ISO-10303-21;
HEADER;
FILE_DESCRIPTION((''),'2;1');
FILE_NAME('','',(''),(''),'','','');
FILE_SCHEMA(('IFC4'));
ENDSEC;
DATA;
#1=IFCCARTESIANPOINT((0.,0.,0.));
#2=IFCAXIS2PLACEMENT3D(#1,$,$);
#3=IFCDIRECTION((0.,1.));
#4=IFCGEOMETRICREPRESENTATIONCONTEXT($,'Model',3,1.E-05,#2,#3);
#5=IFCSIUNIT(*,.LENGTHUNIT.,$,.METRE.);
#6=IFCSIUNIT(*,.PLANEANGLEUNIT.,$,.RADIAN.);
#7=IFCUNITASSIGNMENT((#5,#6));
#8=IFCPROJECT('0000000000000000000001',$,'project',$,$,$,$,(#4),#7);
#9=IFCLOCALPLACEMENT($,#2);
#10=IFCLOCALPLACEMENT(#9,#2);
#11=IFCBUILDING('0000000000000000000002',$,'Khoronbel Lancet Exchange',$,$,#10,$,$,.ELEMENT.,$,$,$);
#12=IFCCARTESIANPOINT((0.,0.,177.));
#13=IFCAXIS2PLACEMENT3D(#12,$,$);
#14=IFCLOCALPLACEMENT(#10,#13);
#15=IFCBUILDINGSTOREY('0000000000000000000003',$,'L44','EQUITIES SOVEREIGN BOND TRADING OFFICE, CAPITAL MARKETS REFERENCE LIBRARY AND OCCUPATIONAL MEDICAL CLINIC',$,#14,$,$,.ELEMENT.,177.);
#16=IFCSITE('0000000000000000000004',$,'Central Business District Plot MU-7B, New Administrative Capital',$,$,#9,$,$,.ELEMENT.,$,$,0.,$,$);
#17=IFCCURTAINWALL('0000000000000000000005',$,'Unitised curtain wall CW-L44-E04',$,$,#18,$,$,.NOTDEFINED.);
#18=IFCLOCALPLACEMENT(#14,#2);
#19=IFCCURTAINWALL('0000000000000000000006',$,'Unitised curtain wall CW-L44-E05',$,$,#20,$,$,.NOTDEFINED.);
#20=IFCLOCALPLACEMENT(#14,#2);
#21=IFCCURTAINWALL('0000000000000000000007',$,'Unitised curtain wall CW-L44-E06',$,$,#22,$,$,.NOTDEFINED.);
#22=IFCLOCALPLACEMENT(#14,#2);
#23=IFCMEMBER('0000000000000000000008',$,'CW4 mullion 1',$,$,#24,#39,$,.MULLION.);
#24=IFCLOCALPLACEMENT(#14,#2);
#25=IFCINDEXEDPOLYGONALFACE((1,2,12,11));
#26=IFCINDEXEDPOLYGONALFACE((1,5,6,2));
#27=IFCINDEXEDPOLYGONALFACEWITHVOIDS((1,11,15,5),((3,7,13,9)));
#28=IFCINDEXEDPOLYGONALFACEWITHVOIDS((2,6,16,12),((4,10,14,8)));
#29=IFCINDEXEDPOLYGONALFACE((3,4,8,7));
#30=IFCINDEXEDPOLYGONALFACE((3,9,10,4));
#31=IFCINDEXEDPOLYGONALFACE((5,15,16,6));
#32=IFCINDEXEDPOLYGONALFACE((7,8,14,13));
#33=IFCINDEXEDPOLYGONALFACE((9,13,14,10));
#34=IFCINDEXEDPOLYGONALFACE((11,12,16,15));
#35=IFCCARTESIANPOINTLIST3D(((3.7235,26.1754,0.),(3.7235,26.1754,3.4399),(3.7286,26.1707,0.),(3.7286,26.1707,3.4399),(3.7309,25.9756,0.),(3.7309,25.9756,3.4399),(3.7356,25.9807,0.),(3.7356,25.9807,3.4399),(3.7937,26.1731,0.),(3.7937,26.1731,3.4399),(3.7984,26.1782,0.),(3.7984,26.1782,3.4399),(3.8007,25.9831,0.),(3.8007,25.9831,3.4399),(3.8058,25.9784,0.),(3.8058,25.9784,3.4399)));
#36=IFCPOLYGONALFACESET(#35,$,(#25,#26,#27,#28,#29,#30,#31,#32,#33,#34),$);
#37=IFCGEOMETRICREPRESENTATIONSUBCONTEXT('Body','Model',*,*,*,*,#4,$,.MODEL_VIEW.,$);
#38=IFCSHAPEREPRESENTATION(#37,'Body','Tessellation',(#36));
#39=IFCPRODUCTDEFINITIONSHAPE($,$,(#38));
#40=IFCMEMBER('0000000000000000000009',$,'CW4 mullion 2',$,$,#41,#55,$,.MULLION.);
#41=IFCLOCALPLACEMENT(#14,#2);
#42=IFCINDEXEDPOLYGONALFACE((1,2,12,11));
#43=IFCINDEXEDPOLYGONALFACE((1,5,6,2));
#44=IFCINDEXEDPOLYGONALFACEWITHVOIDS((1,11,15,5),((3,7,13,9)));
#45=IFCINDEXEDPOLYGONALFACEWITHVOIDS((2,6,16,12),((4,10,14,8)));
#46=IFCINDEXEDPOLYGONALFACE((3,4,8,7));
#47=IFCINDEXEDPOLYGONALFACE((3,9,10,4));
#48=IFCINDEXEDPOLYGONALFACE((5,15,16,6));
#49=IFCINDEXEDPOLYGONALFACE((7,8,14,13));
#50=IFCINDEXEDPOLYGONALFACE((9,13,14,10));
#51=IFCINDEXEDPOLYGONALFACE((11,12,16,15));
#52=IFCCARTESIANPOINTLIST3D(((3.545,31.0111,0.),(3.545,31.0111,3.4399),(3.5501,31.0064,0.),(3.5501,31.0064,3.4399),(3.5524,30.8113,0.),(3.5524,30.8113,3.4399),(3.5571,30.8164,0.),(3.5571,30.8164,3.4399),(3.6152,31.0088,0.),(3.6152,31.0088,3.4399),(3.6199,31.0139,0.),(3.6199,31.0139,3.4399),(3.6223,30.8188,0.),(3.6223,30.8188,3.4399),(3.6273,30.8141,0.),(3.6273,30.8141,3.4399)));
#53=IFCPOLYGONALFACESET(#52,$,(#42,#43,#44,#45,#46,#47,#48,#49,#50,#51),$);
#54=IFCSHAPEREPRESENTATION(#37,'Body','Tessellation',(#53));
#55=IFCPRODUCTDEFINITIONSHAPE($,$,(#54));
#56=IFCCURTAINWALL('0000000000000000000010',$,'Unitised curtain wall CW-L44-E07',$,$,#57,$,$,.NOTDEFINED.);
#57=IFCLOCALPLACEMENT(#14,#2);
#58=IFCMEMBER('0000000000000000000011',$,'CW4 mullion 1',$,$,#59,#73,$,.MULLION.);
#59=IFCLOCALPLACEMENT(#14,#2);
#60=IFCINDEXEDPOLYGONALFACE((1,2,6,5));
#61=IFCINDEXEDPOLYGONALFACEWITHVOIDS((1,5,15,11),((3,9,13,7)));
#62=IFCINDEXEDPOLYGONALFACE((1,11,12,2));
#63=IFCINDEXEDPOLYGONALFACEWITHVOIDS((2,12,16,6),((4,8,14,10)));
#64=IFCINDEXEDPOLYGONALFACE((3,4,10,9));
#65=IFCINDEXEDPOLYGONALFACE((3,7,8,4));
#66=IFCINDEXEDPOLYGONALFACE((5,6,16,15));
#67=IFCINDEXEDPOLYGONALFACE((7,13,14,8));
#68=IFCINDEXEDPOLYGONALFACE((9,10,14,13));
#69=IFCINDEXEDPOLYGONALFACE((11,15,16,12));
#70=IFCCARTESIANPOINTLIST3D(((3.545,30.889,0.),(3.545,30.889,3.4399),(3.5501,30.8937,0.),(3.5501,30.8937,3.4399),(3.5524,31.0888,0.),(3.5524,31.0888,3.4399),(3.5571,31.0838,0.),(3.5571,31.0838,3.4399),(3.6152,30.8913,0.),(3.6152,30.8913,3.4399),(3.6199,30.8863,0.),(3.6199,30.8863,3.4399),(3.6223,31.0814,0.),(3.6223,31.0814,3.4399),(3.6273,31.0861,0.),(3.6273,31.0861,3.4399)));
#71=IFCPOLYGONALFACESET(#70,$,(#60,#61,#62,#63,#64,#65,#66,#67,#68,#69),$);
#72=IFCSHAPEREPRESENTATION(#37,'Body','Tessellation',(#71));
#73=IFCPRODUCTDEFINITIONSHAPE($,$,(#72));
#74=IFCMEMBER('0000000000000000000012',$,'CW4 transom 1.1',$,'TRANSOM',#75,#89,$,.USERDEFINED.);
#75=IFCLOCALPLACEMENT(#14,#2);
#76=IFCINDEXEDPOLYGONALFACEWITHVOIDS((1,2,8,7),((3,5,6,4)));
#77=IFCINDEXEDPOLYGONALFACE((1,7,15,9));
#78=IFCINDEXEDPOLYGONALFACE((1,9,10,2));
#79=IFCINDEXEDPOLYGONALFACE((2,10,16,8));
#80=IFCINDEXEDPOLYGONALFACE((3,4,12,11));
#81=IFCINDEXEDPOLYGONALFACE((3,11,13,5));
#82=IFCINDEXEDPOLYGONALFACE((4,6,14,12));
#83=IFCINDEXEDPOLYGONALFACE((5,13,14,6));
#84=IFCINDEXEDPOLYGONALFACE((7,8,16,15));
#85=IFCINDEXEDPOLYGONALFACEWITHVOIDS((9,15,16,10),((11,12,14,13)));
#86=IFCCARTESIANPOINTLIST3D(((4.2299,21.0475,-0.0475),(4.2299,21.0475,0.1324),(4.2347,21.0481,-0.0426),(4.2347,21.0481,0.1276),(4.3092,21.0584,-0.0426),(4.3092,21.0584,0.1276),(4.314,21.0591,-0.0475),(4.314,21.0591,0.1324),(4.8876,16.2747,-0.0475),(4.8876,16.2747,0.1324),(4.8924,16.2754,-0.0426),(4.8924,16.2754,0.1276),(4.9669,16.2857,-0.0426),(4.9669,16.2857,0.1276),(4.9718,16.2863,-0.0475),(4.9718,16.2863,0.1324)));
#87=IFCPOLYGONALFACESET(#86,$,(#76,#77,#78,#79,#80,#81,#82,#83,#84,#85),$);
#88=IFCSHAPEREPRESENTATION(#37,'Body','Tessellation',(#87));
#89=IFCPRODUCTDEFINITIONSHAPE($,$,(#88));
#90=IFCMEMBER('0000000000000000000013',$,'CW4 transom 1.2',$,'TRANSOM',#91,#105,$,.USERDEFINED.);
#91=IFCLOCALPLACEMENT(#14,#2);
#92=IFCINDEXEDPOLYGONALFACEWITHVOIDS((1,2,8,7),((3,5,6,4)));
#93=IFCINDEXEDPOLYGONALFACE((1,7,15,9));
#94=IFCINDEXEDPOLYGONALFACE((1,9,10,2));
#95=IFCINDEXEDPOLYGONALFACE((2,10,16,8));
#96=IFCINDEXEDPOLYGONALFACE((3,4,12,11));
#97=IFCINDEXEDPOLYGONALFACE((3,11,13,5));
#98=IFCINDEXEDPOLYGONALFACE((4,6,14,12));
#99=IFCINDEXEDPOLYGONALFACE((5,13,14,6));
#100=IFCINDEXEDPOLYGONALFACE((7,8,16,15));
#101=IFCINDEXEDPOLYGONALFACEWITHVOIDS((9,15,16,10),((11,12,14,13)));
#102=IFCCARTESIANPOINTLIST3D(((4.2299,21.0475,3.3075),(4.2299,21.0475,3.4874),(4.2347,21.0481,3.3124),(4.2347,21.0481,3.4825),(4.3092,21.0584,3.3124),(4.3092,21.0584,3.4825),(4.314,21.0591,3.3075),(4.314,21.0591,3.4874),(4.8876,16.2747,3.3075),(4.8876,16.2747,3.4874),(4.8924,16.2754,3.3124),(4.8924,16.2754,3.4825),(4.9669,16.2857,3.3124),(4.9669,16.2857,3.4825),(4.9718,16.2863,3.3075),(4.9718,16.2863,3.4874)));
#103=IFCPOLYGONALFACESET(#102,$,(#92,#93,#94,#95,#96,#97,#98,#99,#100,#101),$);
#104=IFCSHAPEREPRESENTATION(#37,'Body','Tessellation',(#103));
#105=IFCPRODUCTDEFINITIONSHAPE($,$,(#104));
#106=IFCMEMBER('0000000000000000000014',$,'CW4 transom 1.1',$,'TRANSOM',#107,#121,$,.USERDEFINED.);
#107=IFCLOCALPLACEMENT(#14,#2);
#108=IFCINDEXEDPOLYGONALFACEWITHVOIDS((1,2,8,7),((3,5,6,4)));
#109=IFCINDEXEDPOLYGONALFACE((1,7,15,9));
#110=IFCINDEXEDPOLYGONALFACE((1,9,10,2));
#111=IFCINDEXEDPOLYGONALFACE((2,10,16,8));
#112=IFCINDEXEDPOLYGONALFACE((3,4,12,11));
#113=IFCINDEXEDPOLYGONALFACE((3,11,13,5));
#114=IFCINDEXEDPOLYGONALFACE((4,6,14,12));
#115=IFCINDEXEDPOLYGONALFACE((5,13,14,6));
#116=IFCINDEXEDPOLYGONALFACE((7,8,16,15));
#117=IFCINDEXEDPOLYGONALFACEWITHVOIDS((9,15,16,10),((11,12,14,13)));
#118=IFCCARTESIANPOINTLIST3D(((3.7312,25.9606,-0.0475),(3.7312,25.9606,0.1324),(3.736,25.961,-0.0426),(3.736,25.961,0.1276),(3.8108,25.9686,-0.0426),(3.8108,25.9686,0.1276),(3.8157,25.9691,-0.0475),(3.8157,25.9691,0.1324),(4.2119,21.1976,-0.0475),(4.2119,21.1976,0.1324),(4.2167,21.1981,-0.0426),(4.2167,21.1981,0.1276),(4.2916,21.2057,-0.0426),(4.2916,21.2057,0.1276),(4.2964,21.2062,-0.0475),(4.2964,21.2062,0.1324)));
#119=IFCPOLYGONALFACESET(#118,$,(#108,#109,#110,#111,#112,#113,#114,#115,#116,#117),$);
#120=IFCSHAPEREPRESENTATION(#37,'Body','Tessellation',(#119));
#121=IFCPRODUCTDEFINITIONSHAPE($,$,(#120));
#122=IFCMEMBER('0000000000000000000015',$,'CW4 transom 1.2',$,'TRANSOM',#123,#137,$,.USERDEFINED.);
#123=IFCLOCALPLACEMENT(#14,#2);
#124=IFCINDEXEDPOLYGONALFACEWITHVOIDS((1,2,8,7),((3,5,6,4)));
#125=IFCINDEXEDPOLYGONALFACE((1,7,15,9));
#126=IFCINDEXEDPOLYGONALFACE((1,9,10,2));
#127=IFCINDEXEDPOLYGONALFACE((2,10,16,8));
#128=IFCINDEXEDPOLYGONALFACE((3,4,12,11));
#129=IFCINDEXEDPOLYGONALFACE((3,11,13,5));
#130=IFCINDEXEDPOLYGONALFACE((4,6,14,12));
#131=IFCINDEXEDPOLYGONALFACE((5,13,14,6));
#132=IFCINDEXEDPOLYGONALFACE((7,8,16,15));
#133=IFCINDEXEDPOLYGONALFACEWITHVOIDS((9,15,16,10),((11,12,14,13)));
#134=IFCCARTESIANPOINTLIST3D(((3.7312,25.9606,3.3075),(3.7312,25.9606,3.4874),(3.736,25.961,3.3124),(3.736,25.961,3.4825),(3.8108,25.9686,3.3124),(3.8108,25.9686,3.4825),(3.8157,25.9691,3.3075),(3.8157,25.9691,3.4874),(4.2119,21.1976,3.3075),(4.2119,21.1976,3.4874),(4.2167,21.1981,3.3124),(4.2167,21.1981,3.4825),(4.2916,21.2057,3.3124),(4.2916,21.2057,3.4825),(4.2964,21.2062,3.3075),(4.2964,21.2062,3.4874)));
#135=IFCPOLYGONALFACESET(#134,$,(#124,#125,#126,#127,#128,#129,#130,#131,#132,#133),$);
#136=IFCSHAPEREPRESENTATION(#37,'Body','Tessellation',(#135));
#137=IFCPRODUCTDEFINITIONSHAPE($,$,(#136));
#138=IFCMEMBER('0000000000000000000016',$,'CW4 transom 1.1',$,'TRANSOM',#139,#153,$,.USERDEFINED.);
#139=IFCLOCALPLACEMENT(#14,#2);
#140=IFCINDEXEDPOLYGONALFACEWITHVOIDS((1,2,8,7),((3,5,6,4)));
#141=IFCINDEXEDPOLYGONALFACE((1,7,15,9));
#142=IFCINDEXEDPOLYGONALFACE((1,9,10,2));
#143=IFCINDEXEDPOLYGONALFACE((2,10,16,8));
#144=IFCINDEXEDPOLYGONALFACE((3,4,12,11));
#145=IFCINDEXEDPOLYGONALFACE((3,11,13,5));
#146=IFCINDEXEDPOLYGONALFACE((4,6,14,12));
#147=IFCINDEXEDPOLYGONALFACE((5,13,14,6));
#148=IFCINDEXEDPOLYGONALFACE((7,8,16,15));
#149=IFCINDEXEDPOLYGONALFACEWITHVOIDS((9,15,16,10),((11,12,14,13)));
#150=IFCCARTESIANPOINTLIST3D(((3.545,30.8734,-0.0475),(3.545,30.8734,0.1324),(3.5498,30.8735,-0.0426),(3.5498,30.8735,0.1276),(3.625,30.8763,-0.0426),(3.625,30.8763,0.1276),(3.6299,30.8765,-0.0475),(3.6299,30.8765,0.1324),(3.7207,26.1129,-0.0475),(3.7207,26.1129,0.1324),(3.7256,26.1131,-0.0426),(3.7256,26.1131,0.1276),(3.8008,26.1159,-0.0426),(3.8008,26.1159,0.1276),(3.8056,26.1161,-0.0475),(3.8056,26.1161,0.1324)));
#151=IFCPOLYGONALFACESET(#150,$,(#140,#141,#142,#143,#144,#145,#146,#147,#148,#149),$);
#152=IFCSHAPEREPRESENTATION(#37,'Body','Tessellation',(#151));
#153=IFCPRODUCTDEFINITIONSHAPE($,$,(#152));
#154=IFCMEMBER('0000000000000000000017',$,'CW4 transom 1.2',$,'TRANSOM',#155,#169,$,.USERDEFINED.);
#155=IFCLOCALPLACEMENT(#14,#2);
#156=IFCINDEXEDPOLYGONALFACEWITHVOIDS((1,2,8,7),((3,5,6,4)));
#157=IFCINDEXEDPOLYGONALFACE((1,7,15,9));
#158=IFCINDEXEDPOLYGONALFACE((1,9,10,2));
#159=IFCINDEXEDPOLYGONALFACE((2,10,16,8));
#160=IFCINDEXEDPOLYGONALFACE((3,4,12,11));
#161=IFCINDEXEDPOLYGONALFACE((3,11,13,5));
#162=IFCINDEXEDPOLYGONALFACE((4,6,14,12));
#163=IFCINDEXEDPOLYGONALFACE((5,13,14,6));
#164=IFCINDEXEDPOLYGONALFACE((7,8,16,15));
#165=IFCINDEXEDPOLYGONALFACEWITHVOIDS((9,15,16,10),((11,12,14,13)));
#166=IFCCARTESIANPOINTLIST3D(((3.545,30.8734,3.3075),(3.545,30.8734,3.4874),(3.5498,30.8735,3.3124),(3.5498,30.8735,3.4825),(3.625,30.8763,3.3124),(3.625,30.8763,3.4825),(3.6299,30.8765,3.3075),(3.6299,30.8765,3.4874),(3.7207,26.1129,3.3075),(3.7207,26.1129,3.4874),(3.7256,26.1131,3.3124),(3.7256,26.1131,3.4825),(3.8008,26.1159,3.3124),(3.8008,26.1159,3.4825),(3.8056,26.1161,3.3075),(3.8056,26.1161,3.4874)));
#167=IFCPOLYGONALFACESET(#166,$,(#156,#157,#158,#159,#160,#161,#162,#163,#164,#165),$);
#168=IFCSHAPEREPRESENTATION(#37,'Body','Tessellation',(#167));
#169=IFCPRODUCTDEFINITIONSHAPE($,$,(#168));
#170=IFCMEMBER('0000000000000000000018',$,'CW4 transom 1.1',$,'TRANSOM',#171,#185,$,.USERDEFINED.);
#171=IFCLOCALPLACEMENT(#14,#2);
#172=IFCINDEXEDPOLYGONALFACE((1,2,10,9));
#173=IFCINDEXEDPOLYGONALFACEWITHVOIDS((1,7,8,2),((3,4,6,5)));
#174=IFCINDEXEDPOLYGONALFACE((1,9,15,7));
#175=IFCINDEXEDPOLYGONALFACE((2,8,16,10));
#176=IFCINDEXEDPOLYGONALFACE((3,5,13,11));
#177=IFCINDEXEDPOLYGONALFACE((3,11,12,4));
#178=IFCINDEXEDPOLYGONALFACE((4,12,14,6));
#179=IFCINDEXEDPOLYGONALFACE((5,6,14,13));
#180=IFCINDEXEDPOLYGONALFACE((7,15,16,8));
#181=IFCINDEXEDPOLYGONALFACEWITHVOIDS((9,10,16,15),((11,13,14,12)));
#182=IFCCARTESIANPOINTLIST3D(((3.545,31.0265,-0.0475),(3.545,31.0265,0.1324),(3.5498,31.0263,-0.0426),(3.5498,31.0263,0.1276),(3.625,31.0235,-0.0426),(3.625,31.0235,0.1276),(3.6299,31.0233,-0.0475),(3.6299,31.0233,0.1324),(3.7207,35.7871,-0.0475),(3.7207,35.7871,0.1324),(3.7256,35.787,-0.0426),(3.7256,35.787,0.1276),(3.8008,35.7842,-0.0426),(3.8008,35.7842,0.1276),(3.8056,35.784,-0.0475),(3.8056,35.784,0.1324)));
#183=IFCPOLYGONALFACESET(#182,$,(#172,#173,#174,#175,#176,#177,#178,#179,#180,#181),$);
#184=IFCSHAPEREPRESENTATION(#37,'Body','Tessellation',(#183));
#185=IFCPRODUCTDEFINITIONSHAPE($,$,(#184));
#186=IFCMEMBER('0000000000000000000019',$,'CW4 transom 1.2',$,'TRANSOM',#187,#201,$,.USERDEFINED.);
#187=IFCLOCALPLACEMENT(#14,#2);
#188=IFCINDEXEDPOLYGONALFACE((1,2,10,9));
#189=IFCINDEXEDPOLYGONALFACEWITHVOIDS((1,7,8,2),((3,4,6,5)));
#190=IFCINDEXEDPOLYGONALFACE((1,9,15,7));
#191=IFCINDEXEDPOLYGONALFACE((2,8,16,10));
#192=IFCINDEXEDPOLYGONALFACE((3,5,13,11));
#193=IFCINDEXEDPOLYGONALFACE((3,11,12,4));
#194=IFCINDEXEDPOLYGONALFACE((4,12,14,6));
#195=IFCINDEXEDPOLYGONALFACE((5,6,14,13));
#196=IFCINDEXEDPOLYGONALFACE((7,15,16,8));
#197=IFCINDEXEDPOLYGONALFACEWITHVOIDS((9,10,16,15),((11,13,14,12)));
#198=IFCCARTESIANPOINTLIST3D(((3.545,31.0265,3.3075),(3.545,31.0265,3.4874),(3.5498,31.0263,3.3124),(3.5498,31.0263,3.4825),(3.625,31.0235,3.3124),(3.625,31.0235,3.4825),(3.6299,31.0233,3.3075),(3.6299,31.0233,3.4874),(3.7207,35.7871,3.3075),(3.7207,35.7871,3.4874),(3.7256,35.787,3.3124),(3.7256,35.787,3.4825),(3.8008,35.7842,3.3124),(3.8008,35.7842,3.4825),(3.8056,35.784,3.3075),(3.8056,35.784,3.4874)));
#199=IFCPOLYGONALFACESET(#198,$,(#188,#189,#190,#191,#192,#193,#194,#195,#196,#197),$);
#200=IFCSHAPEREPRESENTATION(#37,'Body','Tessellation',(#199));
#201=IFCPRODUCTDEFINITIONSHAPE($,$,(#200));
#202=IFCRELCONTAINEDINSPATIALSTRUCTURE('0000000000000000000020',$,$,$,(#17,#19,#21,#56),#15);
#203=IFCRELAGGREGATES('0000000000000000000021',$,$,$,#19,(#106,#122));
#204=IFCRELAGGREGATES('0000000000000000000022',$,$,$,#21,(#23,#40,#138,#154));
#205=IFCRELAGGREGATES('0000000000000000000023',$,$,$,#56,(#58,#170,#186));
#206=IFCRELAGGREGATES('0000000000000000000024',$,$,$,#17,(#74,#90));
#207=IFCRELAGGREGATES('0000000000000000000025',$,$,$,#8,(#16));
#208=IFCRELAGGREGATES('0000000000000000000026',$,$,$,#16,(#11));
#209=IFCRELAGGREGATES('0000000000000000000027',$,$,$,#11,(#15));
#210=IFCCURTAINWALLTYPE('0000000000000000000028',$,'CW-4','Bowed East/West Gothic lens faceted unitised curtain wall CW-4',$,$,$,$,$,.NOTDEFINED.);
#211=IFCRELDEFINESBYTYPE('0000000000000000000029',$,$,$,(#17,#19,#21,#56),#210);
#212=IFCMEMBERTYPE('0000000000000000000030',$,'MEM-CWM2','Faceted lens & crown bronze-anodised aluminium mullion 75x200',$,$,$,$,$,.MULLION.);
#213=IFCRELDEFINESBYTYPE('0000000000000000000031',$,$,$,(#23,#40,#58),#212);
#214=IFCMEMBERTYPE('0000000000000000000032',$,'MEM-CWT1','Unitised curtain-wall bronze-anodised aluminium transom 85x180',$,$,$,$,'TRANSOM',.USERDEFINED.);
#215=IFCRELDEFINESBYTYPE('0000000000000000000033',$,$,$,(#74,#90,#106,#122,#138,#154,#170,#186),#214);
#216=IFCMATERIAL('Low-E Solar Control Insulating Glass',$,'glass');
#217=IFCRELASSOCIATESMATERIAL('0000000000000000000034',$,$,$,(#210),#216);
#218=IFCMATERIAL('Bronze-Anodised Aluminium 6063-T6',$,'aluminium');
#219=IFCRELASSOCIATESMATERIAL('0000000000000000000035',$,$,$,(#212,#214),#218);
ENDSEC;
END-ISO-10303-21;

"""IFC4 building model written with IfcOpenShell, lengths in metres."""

from ifc_helpers import new_model, si_unit, direction, frame, origin, origin_2d, place, context, subcontext, project, spatial, hollow_rectangle, extrude, material, material_profile, profile_set, type_object, element, aggregate, save


model = new_model("IFC4")

# Units and contexts
model_context = context("Model", 3, precision=1e-05, world=origin(), true_north=direction((0.0, 1.0)))
body_context = subcontext(model_context, "Body", "Model", "MODEL_VIEW")
ifc_project = project(units=[si_unit("LENGTHUNIT", "METRE"), si_unit("PLANEANGLEUNIT", "RADIAN")], contexts=[model_context])

# Site, building, storey
site_placement = place(None, origin())
site = spatial("IfcSite", under=ifc_project, at=site_placement, Name="Central Business District Plot MU-7B, New Administrative Capital", CompositionType="ELEMENT", RefElevation=0.0)
building_placement = place(site_placement, origin())
building = spatial("IfcBuilding", under=site, at=building_placement, Name="Khoronbel Lancet Exchange", CompositionType="ELEMENT")
storey_placement = place(building_placement, frame((0.0, 0.0, 177.0)))
storey = spatial("IfcBuildingStorey", under=building, at=storey_placement, Name="L44", Description="EQUITIES SOVEREIGN BOND TRADING OFFICE, CAPITAL MARKETS REFERENCE LIBRARY AND OCCUPATIONAL MEDICAL CLINIC", CompositionType="ELEMENT", Elevation=177.0)

# Curtain walls, members
ifc_material_1 = material(Name="Low-E Solar Control Insulating Glass", Category="glass")
curtain_wall_type = type_object("IfcCurtainWallType", Name="CW-4", Description="Bowed East/West Gothic lens faceted unitised curtain wall CW-4", PredefinedType="NOTDEFINED", material=ifc_material_1)
curtain_wall_1_placement = place(storey_placement, origin())
curtain_wall_1 = element("IfcCurtainWall", 1, at=curtain_wall_1_placement, inside=storey, type_object=curtain_wall_type, Name="Unitised curtain wall CW-L44-E04", PredefinedType="NOTDEFINED")
ifc_material_2 = material(Name="Bronze-Anodised Aluminium 6063-T6", Category="aluminium")
ifc_material_profile_1 = material_profile(ifc_material_2, hollow_rectangle(XDim=0.075, YDim=0.2, WallThickness=0.0049, at=origin_2d()), Name="ALU MULLION 75x200")
ifc_profile_set_1 = profile_set([ifc_material_profile_1], Name="Bronze-Anodised Aluminium 6063-T6")
member_type_1 = type_object("IfcMemberType", Name="MEM-CWM2", Description="Faceted lens & crown bronze-anodised aluminium mullion 75x200", PredefinedType="MULLION", material=ifc_profile_set_1)
curtain_wall_2_placement = place(storey_placement, origin())
curtain_wall_2 = element("IfcCurtainWall", 2, at=curtain_wall_2_placement, inside=storey, type_object=curtain_wall_type, Name="Unitised curtain wall CW-L44-E05", PredefinedType="NOTDEFINED")
curtain_wall_3_placement = place(storey_placement, origin())
curtain_wall_3 = element("IfcCurtainWall", 3, at=curtain_wall_3_placement, inside=storey, type_object=curtain_wall_type, Name="Unitised curtain wall CW-L44-E06", PredefinedType="NOTDEFINED")
member_1_placement = place(storey_placement, frame((3.7646, 26.0769, 0.0), z_axis=(0.0, 0.0, 1.0), x_axis=(-0.999319, -0.036896, 0.0)))
member_1 = element("IfcMember", 4, at=member_1_placement, type_object=member_type_1, Name="CW4 mullion 1", PredefinedType="MULLION", context=body_context, shape_type="SweptSolid", body=[
    extrude(hollow_rectangle(XDim=0.075, YDim=0.2, WallThickness=0.0049, at=origin_2d()), origin(), (0.0, 0.0, 1.0), 3.4399),
])
member_2_placement = place(storey_placement, frame((3.5862, 30.9126, 0.0), z_axis=(0.0, 0.0, 1.0), x_axis=(-0.999319, -0.036896, 0.0)))
member_2 = element("IfcMember", 5, at=member_2_placement, type_object=member_type_1, Name="CW4 mullion 2", PredefinedType="MULLION", context=body_context, shape_type="SweptSolid", body=[
    extrude(hollow_rectangle(XDim=0.075, YDim=0.2, WallThickness=0.0049, at=origin_2d()), origin(), (0.0, 0.0, 1.0), 3.4399),
])

# Curtain wall, member
curtain_wall_4_placement = place(storey_placement, origin())
curtain_wall_4 = element("IfcCurtainWall", 6, at=curtain_wall_4_placement, inside=storey, type_object=curtain_wall_type, Name="Unitised curtain wall CW-L44-E07", PredefinedType="NOTDEFINED")
member_3_placement = place(storey_placement, frame((3.5862, 30.9875, 0.0), z_axis=(0.0, 0.0, 1.0), x_axis=(-0.999319, 0.036896, 0.0)))
member_3 = element("IfcMember", 7, at=member_3_placement, type_object=member_type_1, Name="CW4 mullion 1", PredefinedType="MULLION", context=body_context, shape_type="SweptSolid", body=[
    extrude(hollow_rectangle(XDim=0.075, YDim=0.2, WallThickness=0.0049, at=origin_2d()), origin(), (0.0, 0.0, 1.0), 3.4399),
])

# Members
ifc_material_profile_2 = material_profile(ifc_material_2, hollow_rectangle(XDim=0.085, YDim=0.1799, WallThickness=0.0049, at=origin_2d()), Name="ALU TRANSOM 85x180")
ifc_profile_set_2 = profile_set([ifc_material_profile_2], Name="Bronze-Anodised Aluminium 6063-T6")
member_type_2 = type_object("IfcMemberType", Name="MEM-CWT1", Description="Unitised curtain-wall bronze-anodised aluminium transom 85x180", ElementType="TRANSOM", PredefinedType="USERDEFINED", material=ifc_profile_set_2)
member_4_placement = place(storey_placement, frame((4.9297, 16.2805, 0.0425), z_axis=(-0.136517, 0.990638, 0.0), x_axis=(-0.990638, -0.136517, 0.0)))
member_4 = element("IfcMember", 8, at=member_4_placement, type_object=member_type_2, Name="CW4 transom 1.1", ObjectType="TRANSOM", PredefinedType="USERDEFINED", context=body_context, shape_type="SweptSolid", body=[
    extrude(hollow_rectangle(XDim=0.085, YDim=0.1799, WallThickness=0.0049, at=origin_2d()), origin(), (0.0, 0.0, 1.0), 4.8179),
])
member_5_placement = place(storey_placement, frame((4.9297, 16.2805, 3.3975), z_axis=(-0.136517, 0.990638, 0.0), x_axis=(-0.990638, -0.136517, 0.0)))
member_5 = element("IfcMember", 9, at=member_5_placement, type_object=member_type_2, Name="CW4 transom 1.2", ObjectType="TRANSOM", PredefinedType="USERDEFINED", context=body_context, shape_type="SweptSolid", body=[
    extrude(hollow_rectangle(XDim=0.085, YDim=0.1799, WallThickness=0.0049, at=origin_2d()), origin(), (0.0, 0.0, 1.0), 4.8179),
])
member_6_placement = place(storey_placement, frame((4.2542, 21.2019, 0.0425), z_axis=(-0.100418, 0.994945, 0.0), x_axis=(-0.994945, -0.100418, 0.0)))
member_6 = element("IfcMember", 10, at=member_6_placement, type_object=member_type_2, Name="CW4 transom 1.1", ObjectType="TRANSOM", PredefinedType="USERDEFINED", context=body_context, shape_type="SweptSolid", body=[
    extrude(hollow_rectangle(XDim=0.085, YDim=0.1799, WallThickness=0.0049, at=origin_2d()), origin(), (0.0, 0.0, 1.0), 4.7871),
])
member_7_placement = place(storey_placement, frame((4.2542, 21.2019, 3.3975), z_axis=(-0.100418, 0.994945, 0.0), x_axis=(-0.994945, -0.100418, 0.0)))
member_7 = element("IfcMember", 11, at=member_7_placement, type_object=member_type_2, Name="CW4 transom 1.2", ObjectType="TRANSOM", PredefinedType="USERDEFINED", context=body_context, shape_type="SweptSolid", body=[
    extrude(hollow_rectangle(XDim=0.085, YDim=0.1799, WallThickness=0.0049, at=origin_2d()), origin(), (0.0, 0.0, 1.0), 4.7871),
])
member_8_placement = place(storey_placement, frame((3.7632, 26.1145, 0.0425), z_axis=(-0.0369, 0.999319, 0.0), x_axis=(-0.999319, -0.0369, 0.0)))
member_8 = element("IfcMember", 12, at=member_8_placement, type_object=member_type_2, Name="CW4 transom 1.1", ObjectType="TRANSOM", PredefinedType="USERDEFINED", context=body_context, shape_type="SweptSolid", body=[
    extrude(hollow_rectangle(XDim=0.085, YDim=0.1799, WallThickness=0.0049, at=origin_2d()), origin(), (0.0, 0.0, 1.0), 4.7637),
])
member_9_placement = place(storey_placement, frame((3.7632, 26.1145, 3.3975), z_axis=(-0.0369, 0.999319, 0.0), x_axis=(-0.999319, -0.0369, 0.0)))
member_9 = element("IfcMember", 13, at=member_9_placement, type_object=member_type_2, Name="CW4 transom 1.2", ObjectType="TRANSOM", PredefinedType="USERDEFINED", context=body_context, shape_type="SweptSolid", body=[
    extrude(hollow_rectangle(XDim=0.085, YDim=0.1799, WallThickness=0.0049, at=origin_2d()), origin(), (0.0, 0.0, 1.0), 4.7637),
])
member_10_placement = place(storey_placement, frame((3.5874, 31.0249, 0.0425), z_axis=(0.036898, 0.999319, 0.0), x_axis=(-0.999319, 0.036898, 0.0)))
member_10 = element("IfcMember", 14, at=member_10_placement, type_object=member_type_2, Name="CW4 transom 1.1", ObjectType="TRANSOM", PredefinedType="USERDEFINED", context=body_context, shape_type="SweptSolid", body=[
    extrude(hollow_rectangle(XDim=0.085, YDim=0.1799, WallThickness=0.0049, at=origin_2d()), origin(), (0.0, 0.0, 1.0), 4.7639),
])
member_11_placement = place(storey_placement, frame((3.5874, 31.0249, 3.3975), z_axis=(0.036898, 0.999319, 0.0), x_axis=(-0.999319, 0.036898, 0.0)))
member_11 = element("IfcMember", 15, at=member_11_placement, type_object=member_type_2, Name="CW4 transom 1.2", ObjectType="TRANSOM", PredefinedType="USERDEFINED", context=body_context, shape_type="SweptSolid", body=[
    extrude(hollow_rectangle(XDim=0.085, YDim=0.1799, WallThickness=0.0049, at=origin_2d()), origin(), (0.0, 0.0, 1.0), 4.7639),
])

aggregate(curtain_wall_2, [member_6, member_7])
aggregate(curtain_wall_3, [member_1, member_2, member_8, member_9])
aggregate(curtain_wall_4, [member_3, member_10, member_11])
aggregate(curtain_wall_1, [member_4, member_5])

save(model, "model.ifc")
